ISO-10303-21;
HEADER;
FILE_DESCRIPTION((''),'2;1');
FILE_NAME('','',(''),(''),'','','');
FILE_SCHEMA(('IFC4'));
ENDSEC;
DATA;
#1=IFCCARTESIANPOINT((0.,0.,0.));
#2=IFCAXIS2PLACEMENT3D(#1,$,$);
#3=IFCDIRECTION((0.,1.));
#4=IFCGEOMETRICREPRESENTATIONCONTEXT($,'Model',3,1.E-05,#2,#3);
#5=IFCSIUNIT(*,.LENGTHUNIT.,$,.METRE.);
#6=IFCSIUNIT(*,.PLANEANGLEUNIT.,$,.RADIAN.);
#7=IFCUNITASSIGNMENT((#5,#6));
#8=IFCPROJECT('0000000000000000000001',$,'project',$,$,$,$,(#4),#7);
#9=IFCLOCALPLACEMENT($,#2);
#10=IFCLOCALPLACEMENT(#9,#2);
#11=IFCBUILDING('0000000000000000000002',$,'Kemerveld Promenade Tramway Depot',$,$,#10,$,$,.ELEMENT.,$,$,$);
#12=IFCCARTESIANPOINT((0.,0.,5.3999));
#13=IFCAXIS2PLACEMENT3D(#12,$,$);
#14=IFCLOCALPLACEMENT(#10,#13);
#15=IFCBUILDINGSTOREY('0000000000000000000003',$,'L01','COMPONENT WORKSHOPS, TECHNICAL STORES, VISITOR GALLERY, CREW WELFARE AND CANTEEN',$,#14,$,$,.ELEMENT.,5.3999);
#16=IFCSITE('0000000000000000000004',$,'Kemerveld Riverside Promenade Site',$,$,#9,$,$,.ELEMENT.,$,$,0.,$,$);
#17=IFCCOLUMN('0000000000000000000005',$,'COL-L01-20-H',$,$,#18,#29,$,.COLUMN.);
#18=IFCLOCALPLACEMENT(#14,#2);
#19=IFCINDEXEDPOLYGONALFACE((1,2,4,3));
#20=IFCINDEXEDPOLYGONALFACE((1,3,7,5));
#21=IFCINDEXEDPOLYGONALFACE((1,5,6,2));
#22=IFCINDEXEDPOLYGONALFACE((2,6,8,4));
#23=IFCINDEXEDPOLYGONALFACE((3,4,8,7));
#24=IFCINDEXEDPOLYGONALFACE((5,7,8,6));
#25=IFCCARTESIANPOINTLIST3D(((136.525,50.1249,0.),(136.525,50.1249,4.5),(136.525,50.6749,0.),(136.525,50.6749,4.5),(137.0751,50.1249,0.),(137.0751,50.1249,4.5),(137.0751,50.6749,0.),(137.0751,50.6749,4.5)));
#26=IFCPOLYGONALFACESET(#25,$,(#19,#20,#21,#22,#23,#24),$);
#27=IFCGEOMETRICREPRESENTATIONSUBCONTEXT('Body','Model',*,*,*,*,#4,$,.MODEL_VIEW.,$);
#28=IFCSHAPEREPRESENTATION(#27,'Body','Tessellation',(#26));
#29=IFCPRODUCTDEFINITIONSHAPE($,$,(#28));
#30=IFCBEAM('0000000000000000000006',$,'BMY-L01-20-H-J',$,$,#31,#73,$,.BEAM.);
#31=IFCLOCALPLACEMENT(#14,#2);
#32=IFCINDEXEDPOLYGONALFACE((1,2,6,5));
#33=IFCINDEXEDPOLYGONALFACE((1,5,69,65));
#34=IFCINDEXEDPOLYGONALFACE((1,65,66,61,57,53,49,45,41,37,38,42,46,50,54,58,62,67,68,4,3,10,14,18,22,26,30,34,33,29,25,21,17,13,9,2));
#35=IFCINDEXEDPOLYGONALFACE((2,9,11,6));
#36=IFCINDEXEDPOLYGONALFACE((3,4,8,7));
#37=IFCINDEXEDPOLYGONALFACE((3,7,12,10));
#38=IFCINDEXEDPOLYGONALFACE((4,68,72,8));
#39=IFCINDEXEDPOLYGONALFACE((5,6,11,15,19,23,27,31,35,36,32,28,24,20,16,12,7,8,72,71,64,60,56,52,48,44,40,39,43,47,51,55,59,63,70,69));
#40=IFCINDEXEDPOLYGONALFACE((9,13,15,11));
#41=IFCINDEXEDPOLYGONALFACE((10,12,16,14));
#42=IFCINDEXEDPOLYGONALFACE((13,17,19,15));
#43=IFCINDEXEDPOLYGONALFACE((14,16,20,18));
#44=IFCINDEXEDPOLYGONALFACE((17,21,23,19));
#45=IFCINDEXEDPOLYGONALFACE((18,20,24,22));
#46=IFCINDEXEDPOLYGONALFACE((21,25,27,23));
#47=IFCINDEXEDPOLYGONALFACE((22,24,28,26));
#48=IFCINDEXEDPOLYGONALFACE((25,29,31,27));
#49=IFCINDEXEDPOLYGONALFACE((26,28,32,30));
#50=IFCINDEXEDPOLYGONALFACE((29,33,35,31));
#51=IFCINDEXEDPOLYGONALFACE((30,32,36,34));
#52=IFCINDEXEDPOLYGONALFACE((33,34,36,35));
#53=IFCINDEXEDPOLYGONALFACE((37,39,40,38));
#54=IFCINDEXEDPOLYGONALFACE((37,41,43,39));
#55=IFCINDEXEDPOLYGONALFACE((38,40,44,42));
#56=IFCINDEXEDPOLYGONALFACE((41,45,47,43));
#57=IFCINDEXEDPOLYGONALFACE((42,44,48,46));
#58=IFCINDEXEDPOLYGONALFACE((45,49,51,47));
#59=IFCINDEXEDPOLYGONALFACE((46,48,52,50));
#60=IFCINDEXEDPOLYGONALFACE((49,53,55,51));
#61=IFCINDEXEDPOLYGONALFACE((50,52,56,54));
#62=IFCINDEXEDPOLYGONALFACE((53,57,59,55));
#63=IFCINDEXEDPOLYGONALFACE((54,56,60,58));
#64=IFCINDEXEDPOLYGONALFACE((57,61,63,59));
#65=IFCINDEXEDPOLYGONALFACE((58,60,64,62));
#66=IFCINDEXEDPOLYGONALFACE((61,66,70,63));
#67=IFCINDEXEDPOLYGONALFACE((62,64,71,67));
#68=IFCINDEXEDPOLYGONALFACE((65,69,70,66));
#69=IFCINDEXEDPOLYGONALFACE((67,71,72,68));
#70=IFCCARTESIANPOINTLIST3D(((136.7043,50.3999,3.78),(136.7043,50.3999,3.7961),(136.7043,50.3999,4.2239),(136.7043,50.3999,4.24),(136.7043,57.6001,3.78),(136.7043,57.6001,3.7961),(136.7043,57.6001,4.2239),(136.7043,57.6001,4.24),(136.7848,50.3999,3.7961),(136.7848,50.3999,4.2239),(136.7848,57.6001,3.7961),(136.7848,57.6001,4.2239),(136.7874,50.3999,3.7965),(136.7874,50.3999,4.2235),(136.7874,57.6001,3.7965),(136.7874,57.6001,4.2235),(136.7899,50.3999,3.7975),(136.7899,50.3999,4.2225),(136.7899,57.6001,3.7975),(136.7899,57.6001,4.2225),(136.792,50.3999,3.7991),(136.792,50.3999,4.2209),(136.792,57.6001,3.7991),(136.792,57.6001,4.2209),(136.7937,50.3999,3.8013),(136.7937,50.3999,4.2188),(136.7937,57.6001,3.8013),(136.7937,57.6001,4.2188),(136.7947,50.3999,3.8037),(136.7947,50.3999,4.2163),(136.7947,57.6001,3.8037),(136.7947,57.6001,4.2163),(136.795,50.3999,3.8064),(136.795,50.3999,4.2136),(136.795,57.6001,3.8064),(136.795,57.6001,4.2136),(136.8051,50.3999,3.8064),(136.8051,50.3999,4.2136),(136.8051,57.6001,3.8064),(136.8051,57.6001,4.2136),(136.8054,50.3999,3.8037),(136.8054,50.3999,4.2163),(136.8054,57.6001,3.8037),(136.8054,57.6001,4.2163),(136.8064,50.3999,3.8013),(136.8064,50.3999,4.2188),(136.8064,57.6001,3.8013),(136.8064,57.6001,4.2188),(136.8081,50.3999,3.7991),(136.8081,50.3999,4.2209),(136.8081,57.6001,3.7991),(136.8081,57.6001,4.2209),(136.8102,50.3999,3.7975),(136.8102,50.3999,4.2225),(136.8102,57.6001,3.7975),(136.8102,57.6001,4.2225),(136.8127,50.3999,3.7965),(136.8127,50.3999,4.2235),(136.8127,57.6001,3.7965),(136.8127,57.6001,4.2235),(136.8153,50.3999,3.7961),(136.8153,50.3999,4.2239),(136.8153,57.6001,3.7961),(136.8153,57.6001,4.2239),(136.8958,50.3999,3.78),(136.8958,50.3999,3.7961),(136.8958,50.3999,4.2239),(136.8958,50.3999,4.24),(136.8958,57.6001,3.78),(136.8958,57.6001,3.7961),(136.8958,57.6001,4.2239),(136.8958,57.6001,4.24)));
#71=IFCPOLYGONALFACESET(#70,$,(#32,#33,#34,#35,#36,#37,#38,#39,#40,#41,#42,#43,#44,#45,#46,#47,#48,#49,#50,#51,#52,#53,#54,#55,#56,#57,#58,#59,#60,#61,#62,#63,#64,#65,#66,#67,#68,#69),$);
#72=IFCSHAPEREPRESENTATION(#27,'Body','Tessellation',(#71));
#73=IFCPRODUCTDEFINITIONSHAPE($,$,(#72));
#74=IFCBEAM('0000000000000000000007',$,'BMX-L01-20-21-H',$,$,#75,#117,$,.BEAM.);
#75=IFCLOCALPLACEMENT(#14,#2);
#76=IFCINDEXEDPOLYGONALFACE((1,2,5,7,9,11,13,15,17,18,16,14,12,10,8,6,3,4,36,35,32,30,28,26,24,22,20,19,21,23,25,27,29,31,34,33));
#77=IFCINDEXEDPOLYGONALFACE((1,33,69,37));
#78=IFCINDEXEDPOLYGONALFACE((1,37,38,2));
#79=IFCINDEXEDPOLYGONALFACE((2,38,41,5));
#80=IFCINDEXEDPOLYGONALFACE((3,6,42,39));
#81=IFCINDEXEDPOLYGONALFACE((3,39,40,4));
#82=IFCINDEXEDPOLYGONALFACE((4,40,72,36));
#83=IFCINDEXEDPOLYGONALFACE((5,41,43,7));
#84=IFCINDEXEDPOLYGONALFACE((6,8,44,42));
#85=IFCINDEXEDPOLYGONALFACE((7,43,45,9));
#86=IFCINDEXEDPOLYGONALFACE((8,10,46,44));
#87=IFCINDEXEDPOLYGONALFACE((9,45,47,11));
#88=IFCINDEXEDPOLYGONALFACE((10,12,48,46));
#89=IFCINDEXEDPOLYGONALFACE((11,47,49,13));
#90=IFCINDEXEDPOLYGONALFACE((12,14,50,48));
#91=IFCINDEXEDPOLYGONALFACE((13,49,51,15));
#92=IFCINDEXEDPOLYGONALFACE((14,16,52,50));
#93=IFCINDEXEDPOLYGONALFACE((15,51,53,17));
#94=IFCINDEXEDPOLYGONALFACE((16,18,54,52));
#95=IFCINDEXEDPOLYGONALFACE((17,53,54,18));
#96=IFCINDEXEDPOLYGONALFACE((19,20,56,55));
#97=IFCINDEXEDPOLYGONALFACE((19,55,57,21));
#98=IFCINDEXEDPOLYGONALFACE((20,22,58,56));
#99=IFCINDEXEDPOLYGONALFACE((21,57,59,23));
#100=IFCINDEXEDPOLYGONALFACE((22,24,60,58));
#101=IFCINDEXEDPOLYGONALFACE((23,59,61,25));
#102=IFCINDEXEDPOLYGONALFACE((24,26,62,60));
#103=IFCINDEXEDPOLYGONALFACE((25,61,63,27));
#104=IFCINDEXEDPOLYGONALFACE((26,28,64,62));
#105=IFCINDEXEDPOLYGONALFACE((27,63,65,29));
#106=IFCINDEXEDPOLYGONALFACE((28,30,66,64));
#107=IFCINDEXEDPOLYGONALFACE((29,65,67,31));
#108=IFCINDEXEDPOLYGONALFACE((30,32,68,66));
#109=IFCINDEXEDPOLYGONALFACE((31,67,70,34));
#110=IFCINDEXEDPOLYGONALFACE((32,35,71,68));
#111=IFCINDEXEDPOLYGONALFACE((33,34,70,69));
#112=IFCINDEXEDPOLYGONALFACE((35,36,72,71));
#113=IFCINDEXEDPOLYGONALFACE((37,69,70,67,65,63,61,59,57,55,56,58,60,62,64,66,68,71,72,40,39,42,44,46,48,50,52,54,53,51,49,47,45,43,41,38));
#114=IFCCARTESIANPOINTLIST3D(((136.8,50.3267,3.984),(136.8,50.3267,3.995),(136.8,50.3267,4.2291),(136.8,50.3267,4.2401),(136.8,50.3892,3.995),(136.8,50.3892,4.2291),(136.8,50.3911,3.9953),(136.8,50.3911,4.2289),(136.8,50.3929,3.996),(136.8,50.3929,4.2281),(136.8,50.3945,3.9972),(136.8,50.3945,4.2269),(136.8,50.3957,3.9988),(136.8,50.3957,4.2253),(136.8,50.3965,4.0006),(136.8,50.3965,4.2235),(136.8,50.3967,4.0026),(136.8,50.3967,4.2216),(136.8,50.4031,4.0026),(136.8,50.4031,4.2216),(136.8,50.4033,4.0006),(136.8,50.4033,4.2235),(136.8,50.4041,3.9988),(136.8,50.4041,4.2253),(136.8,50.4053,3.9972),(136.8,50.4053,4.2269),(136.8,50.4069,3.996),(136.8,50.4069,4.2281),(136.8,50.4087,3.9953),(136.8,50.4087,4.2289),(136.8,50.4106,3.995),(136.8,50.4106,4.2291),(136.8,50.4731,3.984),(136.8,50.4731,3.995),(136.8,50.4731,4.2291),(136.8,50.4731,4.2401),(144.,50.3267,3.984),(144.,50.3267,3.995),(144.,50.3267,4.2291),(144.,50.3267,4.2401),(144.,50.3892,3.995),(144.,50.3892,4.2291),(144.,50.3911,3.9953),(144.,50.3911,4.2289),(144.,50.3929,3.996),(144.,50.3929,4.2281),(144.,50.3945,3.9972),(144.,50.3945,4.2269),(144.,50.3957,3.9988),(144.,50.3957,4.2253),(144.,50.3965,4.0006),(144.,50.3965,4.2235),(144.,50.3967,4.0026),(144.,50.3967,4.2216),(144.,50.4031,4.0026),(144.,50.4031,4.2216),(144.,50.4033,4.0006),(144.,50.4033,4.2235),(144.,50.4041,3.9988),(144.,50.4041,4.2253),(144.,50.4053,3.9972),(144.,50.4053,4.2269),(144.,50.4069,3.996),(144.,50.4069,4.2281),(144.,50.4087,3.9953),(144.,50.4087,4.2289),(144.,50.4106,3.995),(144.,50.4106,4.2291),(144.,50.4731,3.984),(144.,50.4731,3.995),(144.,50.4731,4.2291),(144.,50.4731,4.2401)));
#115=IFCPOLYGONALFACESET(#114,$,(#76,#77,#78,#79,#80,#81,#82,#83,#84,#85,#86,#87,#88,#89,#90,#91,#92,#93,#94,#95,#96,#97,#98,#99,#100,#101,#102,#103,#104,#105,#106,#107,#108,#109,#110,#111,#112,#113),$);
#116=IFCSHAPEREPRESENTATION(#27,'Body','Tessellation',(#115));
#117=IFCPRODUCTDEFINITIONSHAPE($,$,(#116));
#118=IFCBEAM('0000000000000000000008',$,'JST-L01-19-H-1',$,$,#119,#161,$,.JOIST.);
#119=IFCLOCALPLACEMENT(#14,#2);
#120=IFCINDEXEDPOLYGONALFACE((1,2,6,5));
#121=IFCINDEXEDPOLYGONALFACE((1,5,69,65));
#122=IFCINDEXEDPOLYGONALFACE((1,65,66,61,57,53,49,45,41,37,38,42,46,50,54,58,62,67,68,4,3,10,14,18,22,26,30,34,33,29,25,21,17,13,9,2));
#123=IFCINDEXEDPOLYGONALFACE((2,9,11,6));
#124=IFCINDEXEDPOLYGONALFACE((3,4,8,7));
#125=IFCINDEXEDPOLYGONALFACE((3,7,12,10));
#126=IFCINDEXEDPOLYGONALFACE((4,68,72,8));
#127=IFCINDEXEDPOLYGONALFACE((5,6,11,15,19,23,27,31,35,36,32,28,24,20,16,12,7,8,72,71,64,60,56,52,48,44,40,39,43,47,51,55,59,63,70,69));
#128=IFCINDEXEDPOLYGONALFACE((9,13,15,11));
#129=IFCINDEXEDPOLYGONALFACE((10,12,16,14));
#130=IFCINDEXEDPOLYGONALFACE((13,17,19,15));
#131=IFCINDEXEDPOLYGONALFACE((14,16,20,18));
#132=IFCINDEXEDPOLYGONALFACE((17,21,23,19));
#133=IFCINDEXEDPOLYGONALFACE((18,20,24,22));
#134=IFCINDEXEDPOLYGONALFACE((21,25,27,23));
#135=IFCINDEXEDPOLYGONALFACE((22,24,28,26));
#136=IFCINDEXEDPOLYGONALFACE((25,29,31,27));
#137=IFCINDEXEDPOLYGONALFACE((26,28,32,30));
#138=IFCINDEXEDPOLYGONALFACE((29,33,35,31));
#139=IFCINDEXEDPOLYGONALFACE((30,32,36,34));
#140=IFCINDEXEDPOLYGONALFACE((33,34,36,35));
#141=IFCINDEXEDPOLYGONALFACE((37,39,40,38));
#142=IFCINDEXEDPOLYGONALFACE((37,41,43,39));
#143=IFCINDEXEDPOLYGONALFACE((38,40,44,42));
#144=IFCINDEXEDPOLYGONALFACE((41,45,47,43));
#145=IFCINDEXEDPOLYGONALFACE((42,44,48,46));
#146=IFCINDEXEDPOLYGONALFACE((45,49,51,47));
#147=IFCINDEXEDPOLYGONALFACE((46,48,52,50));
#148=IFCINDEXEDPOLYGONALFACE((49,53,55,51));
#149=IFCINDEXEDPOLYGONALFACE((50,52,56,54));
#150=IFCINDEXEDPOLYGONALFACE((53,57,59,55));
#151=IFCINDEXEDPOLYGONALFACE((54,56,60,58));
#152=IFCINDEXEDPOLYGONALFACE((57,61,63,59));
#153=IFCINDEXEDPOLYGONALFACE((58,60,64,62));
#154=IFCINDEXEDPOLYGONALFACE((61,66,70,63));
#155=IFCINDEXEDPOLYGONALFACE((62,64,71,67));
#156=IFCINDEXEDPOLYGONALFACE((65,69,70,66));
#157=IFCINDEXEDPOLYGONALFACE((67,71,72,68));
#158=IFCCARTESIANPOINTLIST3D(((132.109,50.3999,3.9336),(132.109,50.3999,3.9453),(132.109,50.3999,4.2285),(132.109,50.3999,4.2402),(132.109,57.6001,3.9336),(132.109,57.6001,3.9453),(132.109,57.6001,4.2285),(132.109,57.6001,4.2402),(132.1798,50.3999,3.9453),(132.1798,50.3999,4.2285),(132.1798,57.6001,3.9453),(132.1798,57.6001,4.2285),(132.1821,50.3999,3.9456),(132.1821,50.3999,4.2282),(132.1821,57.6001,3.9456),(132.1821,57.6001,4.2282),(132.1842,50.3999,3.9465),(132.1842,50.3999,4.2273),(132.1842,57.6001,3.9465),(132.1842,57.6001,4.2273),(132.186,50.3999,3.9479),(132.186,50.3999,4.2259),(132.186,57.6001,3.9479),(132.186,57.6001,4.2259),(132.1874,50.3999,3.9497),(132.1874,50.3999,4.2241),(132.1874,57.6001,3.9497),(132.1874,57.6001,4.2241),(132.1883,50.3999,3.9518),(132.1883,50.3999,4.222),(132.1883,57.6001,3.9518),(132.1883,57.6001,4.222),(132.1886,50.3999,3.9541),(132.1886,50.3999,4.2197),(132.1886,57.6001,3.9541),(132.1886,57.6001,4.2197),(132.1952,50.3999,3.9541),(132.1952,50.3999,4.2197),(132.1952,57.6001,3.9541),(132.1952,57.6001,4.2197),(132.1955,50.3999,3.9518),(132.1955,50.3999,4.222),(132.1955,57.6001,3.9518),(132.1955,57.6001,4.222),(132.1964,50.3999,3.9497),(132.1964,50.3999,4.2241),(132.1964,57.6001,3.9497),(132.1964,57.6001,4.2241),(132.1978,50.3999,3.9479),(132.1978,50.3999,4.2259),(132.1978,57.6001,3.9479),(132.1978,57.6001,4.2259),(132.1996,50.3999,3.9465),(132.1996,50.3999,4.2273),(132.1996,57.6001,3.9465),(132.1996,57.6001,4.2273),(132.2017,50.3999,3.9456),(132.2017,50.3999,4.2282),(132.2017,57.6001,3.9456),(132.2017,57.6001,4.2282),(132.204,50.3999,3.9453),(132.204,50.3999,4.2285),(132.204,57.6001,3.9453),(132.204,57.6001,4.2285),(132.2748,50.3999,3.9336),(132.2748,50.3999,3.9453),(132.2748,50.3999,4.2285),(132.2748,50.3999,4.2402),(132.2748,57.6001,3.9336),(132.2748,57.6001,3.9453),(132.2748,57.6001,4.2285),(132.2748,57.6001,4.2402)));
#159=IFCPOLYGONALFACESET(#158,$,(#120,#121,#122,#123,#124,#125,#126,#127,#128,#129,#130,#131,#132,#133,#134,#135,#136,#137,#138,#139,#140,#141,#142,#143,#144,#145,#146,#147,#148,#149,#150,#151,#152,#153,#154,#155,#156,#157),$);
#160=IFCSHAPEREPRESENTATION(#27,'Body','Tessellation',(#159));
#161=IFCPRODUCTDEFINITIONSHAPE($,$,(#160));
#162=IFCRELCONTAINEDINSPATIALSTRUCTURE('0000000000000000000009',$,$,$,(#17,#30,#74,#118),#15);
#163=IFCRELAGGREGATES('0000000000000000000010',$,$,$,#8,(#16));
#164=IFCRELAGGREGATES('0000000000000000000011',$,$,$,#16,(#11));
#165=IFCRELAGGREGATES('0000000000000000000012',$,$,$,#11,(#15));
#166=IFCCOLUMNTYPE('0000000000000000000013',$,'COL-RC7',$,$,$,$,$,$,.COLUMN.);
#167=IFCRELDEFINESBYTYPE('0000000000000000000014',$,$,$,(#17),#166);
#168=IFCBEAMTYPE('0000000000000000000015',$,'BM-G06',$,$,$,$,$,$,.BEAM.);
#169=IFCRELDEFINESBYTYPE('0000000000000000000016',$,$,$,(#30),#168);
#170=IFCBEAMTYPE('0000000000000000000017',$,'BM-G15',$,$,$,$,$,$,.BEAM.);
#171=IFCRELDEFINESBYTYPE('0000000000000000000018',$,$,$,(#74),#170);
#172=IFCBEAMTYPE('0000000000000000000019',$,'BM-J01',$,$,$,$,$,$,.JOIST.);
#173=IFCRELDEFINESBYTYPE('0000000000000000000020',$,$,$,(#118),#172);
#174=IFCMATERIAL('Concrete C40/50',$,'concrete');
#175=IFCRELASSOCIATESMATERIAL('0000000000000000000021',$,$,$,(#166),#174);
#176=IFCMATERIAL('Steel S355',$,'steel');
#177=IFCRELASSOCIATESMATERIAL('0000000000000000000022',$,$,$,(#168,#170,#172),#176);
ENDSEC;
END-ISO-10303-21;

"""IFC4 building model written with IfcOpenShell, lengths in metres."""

from ifc_helpers import new_model, si_unit, direction, frame, origin, origin_2d, place, context, subcontext, project, spatial, rectangle, i_section, extrude, material, material_profile, profile_set, type_object, element, save


model = new_model("IFC4")

# Units and contexts
model_context = context("Model", 3, precision=1e-05, world=origin(), true_north=direction((0.0, 1.0)))
body_context = subcontext(model_context, "Body", "Model", "MODEL_VIEW")
ifc_project = project(units=[si_unit("LENGTHUNIT", "METRE"), si_unit("PLANEANGLEUNIT", "RADIAN")], contexts=[model_context])

# Site, building, storey
site_placement = place(None, origin())
site = spatial("IfcSite", under=ifc_project, at=site_placement, Name="Kemerveld Riverside Promenade Site", CompositionType="ELEMENT", RefElevation=0.0)
building_placement = place(site_placement, origin())
building = spatial("IfcBuilding", under=site, at=building_placement, Name="Kemerveld Promenade Tramway Depot", CompositionType="ELEMENT")
storey_placement = place(building_placement, frame((0.0, 0.0, 5.3999)))
storey = spatial("IfcBuildingStorey", under=building, at=storey_placement, Name="L01", Description="COMPONENT WORKSHOPS, TECHNICAL STORES, VISITOR GALLERY, CREW WELFARE AND CANTEEN", CompositionType="ELEMENT", Elevation=5.3999)

# Column
ifc_material_1 = material(Name="Concrete C40/50", Category="concrete")
ifc_material_profile_1 = material_profile(ifc_material_1, rectangle(XDim=0.55, YDim=0.55, at=origin_2d()), Name="RC-COL-550x550")
ifc_profile_set_1 = profile_set([ifc_material_profile_1], Name="Concrete C40/50")
column_type = type_object("IfcColumnType", Name="COL-RC7", PredefinedType="COLUMN", material=ifc_profile_set_1)
column_placement = place(storey_placement, frame((136.8, 50.3999, 0.0), z_axis=(0.0, 0.0, 1.0), x_axis=(1.0, 0.0, 0.0)))
element("IfcColumn", 1, at=column_placement, inside=storey, type_object=column_type, Name="COL-L01-20-H", PredefinedType="COLUMN", context=body_context, shape_type="SweptSolid", body=[
    extrude(rectangle(XDim=0.55, YDim=0.55, at=origin_2d()), origin(), (0.0, 0.0, 1.0), 4.5),
])

# Beams
ifc_material_2 = material(Name="Steel S355", Category="steel")
ifc_material_profile_2 = material_profile(ifc_material_2, i_section(OverallWidth=0.1914, OverallDepth=0.46, WebThickness=0.01, FlangeThickness=0.0161, FilletRadius=0.0103, at=origin_2d()), Name="457x191x82 UB")
ifc_profile_set_2 = profile_set([ifc_material_profile_2], Name="Steel S355")
beam_type_1 = type_object("IfcBeamType", Name="BM-G06", PredefinedType="BEAM", material=ifc_profile_set_2)
beam_1_placement = place(storey_placement, frame((136.8, 50.3999, 4.01), z_axis=(0.0, 1.0, 0.0), x_axis=(-1.0, 0.0, 0.0)))
element("IfcBeam", 2, at=beam_1_placement, inside=storey, type_object=beam_type_1, Name="BMY-L01-20-H-J", PredefinedType="BEAM", context=body_context, shape_type="SweptSolid", body=[
    extrude(i_section(OverallWidth=0.1914, OverallDepth=0.46, WebThickness=0.01, FlangeThickness=0.0161, FilletRadius=0.0103, at=origin_2d()), origin(), (0.0, 0.0, 1.0), 7.2002),
])
ifc_material_profile_3 = material_profile(ifc_material_2, i_section(OverallWidth=0.1465, OverallDepth=0.2561, WebThickness=0.0063, FlangeThickness=0.011, FilletRadius=0.0076, at=origin_2d()), Name="254x146x37 UB")
ifc_profile_set_3 = profile_set([ifc_material_profile_3], Name="Steel S355")
beam_type_2 = type_object("IfcBeamType", Name="BM-G15", PredefinedType="BEAM", material=ifc_profile_set_3)
beam_2_placement = place(storey_placement, frame((136.8, 50.3999, 4.1121), z_axis=(1.0, 0.0, 0.0), x_axis=(0.0, 1.0, 0.0)))
element("IfcBeam", 3, at=beam_2_placement, inside=storey, type_object=beam_type_2, Name="BMX-L01-20-21-H", PredefinedType="BEAM", context=body_context, shape_type="SweptSolid", body=[
    extrude(i_section(OverallWidth=0.1465, OverallDepth=0.2561, WebThickness=0.0063, FlangeThickness=0.011, FilletRadius=0.0076, at=origin_2d()), origin(), (0.0, 0.0, 1.0), 7.2),
])
ifc_material_profile_4 = material_profile(ifc_material_2, i_section(OverallWidth=0.1658, OverallDepth=0.3066, WebThickness=0.0066, FlangeThickness=0.0117, FilletRadius=0.0088, at=origin_2d()), Name="305x165x46 UB")
ifc_profile_set_4 = profile_set([ifc_material_profile_4], Name="Steel S355")
beam_type_3 = type_object("IfcBeamType", Name="BM-J01", PredefinedType="JOIST", material=ifc_profile_set_4)
for number, where, z_axis, x_axis, name in (
    (4, (132.1919, 50.3999, 4.0869), (0.0, 1.0, 0.0), (-1.0, 0.0, 0.0), "JST-L01-19-H-1"),
):
    element("IfcBeam", number, at=place(storey_placement, frame(where, z_axis=z_axis, x_axis=x_axis)), inside=storey, type_object=beam_type_3, Name=name, PredefinedType="JOIST", context=body_context, shape_type="SweptSolid", body=[
        extrude(i_section(OverallWidth=0.1658, OverallDepth=0.3066, WebThickness=0.0066, FlangeThickness=0.0117, FilletRadius=0.0088, at=origin_2d()), origin(), (0.0, 0.0, 1.0), 7.2002),
    ])

save(model, "model.ifc")
